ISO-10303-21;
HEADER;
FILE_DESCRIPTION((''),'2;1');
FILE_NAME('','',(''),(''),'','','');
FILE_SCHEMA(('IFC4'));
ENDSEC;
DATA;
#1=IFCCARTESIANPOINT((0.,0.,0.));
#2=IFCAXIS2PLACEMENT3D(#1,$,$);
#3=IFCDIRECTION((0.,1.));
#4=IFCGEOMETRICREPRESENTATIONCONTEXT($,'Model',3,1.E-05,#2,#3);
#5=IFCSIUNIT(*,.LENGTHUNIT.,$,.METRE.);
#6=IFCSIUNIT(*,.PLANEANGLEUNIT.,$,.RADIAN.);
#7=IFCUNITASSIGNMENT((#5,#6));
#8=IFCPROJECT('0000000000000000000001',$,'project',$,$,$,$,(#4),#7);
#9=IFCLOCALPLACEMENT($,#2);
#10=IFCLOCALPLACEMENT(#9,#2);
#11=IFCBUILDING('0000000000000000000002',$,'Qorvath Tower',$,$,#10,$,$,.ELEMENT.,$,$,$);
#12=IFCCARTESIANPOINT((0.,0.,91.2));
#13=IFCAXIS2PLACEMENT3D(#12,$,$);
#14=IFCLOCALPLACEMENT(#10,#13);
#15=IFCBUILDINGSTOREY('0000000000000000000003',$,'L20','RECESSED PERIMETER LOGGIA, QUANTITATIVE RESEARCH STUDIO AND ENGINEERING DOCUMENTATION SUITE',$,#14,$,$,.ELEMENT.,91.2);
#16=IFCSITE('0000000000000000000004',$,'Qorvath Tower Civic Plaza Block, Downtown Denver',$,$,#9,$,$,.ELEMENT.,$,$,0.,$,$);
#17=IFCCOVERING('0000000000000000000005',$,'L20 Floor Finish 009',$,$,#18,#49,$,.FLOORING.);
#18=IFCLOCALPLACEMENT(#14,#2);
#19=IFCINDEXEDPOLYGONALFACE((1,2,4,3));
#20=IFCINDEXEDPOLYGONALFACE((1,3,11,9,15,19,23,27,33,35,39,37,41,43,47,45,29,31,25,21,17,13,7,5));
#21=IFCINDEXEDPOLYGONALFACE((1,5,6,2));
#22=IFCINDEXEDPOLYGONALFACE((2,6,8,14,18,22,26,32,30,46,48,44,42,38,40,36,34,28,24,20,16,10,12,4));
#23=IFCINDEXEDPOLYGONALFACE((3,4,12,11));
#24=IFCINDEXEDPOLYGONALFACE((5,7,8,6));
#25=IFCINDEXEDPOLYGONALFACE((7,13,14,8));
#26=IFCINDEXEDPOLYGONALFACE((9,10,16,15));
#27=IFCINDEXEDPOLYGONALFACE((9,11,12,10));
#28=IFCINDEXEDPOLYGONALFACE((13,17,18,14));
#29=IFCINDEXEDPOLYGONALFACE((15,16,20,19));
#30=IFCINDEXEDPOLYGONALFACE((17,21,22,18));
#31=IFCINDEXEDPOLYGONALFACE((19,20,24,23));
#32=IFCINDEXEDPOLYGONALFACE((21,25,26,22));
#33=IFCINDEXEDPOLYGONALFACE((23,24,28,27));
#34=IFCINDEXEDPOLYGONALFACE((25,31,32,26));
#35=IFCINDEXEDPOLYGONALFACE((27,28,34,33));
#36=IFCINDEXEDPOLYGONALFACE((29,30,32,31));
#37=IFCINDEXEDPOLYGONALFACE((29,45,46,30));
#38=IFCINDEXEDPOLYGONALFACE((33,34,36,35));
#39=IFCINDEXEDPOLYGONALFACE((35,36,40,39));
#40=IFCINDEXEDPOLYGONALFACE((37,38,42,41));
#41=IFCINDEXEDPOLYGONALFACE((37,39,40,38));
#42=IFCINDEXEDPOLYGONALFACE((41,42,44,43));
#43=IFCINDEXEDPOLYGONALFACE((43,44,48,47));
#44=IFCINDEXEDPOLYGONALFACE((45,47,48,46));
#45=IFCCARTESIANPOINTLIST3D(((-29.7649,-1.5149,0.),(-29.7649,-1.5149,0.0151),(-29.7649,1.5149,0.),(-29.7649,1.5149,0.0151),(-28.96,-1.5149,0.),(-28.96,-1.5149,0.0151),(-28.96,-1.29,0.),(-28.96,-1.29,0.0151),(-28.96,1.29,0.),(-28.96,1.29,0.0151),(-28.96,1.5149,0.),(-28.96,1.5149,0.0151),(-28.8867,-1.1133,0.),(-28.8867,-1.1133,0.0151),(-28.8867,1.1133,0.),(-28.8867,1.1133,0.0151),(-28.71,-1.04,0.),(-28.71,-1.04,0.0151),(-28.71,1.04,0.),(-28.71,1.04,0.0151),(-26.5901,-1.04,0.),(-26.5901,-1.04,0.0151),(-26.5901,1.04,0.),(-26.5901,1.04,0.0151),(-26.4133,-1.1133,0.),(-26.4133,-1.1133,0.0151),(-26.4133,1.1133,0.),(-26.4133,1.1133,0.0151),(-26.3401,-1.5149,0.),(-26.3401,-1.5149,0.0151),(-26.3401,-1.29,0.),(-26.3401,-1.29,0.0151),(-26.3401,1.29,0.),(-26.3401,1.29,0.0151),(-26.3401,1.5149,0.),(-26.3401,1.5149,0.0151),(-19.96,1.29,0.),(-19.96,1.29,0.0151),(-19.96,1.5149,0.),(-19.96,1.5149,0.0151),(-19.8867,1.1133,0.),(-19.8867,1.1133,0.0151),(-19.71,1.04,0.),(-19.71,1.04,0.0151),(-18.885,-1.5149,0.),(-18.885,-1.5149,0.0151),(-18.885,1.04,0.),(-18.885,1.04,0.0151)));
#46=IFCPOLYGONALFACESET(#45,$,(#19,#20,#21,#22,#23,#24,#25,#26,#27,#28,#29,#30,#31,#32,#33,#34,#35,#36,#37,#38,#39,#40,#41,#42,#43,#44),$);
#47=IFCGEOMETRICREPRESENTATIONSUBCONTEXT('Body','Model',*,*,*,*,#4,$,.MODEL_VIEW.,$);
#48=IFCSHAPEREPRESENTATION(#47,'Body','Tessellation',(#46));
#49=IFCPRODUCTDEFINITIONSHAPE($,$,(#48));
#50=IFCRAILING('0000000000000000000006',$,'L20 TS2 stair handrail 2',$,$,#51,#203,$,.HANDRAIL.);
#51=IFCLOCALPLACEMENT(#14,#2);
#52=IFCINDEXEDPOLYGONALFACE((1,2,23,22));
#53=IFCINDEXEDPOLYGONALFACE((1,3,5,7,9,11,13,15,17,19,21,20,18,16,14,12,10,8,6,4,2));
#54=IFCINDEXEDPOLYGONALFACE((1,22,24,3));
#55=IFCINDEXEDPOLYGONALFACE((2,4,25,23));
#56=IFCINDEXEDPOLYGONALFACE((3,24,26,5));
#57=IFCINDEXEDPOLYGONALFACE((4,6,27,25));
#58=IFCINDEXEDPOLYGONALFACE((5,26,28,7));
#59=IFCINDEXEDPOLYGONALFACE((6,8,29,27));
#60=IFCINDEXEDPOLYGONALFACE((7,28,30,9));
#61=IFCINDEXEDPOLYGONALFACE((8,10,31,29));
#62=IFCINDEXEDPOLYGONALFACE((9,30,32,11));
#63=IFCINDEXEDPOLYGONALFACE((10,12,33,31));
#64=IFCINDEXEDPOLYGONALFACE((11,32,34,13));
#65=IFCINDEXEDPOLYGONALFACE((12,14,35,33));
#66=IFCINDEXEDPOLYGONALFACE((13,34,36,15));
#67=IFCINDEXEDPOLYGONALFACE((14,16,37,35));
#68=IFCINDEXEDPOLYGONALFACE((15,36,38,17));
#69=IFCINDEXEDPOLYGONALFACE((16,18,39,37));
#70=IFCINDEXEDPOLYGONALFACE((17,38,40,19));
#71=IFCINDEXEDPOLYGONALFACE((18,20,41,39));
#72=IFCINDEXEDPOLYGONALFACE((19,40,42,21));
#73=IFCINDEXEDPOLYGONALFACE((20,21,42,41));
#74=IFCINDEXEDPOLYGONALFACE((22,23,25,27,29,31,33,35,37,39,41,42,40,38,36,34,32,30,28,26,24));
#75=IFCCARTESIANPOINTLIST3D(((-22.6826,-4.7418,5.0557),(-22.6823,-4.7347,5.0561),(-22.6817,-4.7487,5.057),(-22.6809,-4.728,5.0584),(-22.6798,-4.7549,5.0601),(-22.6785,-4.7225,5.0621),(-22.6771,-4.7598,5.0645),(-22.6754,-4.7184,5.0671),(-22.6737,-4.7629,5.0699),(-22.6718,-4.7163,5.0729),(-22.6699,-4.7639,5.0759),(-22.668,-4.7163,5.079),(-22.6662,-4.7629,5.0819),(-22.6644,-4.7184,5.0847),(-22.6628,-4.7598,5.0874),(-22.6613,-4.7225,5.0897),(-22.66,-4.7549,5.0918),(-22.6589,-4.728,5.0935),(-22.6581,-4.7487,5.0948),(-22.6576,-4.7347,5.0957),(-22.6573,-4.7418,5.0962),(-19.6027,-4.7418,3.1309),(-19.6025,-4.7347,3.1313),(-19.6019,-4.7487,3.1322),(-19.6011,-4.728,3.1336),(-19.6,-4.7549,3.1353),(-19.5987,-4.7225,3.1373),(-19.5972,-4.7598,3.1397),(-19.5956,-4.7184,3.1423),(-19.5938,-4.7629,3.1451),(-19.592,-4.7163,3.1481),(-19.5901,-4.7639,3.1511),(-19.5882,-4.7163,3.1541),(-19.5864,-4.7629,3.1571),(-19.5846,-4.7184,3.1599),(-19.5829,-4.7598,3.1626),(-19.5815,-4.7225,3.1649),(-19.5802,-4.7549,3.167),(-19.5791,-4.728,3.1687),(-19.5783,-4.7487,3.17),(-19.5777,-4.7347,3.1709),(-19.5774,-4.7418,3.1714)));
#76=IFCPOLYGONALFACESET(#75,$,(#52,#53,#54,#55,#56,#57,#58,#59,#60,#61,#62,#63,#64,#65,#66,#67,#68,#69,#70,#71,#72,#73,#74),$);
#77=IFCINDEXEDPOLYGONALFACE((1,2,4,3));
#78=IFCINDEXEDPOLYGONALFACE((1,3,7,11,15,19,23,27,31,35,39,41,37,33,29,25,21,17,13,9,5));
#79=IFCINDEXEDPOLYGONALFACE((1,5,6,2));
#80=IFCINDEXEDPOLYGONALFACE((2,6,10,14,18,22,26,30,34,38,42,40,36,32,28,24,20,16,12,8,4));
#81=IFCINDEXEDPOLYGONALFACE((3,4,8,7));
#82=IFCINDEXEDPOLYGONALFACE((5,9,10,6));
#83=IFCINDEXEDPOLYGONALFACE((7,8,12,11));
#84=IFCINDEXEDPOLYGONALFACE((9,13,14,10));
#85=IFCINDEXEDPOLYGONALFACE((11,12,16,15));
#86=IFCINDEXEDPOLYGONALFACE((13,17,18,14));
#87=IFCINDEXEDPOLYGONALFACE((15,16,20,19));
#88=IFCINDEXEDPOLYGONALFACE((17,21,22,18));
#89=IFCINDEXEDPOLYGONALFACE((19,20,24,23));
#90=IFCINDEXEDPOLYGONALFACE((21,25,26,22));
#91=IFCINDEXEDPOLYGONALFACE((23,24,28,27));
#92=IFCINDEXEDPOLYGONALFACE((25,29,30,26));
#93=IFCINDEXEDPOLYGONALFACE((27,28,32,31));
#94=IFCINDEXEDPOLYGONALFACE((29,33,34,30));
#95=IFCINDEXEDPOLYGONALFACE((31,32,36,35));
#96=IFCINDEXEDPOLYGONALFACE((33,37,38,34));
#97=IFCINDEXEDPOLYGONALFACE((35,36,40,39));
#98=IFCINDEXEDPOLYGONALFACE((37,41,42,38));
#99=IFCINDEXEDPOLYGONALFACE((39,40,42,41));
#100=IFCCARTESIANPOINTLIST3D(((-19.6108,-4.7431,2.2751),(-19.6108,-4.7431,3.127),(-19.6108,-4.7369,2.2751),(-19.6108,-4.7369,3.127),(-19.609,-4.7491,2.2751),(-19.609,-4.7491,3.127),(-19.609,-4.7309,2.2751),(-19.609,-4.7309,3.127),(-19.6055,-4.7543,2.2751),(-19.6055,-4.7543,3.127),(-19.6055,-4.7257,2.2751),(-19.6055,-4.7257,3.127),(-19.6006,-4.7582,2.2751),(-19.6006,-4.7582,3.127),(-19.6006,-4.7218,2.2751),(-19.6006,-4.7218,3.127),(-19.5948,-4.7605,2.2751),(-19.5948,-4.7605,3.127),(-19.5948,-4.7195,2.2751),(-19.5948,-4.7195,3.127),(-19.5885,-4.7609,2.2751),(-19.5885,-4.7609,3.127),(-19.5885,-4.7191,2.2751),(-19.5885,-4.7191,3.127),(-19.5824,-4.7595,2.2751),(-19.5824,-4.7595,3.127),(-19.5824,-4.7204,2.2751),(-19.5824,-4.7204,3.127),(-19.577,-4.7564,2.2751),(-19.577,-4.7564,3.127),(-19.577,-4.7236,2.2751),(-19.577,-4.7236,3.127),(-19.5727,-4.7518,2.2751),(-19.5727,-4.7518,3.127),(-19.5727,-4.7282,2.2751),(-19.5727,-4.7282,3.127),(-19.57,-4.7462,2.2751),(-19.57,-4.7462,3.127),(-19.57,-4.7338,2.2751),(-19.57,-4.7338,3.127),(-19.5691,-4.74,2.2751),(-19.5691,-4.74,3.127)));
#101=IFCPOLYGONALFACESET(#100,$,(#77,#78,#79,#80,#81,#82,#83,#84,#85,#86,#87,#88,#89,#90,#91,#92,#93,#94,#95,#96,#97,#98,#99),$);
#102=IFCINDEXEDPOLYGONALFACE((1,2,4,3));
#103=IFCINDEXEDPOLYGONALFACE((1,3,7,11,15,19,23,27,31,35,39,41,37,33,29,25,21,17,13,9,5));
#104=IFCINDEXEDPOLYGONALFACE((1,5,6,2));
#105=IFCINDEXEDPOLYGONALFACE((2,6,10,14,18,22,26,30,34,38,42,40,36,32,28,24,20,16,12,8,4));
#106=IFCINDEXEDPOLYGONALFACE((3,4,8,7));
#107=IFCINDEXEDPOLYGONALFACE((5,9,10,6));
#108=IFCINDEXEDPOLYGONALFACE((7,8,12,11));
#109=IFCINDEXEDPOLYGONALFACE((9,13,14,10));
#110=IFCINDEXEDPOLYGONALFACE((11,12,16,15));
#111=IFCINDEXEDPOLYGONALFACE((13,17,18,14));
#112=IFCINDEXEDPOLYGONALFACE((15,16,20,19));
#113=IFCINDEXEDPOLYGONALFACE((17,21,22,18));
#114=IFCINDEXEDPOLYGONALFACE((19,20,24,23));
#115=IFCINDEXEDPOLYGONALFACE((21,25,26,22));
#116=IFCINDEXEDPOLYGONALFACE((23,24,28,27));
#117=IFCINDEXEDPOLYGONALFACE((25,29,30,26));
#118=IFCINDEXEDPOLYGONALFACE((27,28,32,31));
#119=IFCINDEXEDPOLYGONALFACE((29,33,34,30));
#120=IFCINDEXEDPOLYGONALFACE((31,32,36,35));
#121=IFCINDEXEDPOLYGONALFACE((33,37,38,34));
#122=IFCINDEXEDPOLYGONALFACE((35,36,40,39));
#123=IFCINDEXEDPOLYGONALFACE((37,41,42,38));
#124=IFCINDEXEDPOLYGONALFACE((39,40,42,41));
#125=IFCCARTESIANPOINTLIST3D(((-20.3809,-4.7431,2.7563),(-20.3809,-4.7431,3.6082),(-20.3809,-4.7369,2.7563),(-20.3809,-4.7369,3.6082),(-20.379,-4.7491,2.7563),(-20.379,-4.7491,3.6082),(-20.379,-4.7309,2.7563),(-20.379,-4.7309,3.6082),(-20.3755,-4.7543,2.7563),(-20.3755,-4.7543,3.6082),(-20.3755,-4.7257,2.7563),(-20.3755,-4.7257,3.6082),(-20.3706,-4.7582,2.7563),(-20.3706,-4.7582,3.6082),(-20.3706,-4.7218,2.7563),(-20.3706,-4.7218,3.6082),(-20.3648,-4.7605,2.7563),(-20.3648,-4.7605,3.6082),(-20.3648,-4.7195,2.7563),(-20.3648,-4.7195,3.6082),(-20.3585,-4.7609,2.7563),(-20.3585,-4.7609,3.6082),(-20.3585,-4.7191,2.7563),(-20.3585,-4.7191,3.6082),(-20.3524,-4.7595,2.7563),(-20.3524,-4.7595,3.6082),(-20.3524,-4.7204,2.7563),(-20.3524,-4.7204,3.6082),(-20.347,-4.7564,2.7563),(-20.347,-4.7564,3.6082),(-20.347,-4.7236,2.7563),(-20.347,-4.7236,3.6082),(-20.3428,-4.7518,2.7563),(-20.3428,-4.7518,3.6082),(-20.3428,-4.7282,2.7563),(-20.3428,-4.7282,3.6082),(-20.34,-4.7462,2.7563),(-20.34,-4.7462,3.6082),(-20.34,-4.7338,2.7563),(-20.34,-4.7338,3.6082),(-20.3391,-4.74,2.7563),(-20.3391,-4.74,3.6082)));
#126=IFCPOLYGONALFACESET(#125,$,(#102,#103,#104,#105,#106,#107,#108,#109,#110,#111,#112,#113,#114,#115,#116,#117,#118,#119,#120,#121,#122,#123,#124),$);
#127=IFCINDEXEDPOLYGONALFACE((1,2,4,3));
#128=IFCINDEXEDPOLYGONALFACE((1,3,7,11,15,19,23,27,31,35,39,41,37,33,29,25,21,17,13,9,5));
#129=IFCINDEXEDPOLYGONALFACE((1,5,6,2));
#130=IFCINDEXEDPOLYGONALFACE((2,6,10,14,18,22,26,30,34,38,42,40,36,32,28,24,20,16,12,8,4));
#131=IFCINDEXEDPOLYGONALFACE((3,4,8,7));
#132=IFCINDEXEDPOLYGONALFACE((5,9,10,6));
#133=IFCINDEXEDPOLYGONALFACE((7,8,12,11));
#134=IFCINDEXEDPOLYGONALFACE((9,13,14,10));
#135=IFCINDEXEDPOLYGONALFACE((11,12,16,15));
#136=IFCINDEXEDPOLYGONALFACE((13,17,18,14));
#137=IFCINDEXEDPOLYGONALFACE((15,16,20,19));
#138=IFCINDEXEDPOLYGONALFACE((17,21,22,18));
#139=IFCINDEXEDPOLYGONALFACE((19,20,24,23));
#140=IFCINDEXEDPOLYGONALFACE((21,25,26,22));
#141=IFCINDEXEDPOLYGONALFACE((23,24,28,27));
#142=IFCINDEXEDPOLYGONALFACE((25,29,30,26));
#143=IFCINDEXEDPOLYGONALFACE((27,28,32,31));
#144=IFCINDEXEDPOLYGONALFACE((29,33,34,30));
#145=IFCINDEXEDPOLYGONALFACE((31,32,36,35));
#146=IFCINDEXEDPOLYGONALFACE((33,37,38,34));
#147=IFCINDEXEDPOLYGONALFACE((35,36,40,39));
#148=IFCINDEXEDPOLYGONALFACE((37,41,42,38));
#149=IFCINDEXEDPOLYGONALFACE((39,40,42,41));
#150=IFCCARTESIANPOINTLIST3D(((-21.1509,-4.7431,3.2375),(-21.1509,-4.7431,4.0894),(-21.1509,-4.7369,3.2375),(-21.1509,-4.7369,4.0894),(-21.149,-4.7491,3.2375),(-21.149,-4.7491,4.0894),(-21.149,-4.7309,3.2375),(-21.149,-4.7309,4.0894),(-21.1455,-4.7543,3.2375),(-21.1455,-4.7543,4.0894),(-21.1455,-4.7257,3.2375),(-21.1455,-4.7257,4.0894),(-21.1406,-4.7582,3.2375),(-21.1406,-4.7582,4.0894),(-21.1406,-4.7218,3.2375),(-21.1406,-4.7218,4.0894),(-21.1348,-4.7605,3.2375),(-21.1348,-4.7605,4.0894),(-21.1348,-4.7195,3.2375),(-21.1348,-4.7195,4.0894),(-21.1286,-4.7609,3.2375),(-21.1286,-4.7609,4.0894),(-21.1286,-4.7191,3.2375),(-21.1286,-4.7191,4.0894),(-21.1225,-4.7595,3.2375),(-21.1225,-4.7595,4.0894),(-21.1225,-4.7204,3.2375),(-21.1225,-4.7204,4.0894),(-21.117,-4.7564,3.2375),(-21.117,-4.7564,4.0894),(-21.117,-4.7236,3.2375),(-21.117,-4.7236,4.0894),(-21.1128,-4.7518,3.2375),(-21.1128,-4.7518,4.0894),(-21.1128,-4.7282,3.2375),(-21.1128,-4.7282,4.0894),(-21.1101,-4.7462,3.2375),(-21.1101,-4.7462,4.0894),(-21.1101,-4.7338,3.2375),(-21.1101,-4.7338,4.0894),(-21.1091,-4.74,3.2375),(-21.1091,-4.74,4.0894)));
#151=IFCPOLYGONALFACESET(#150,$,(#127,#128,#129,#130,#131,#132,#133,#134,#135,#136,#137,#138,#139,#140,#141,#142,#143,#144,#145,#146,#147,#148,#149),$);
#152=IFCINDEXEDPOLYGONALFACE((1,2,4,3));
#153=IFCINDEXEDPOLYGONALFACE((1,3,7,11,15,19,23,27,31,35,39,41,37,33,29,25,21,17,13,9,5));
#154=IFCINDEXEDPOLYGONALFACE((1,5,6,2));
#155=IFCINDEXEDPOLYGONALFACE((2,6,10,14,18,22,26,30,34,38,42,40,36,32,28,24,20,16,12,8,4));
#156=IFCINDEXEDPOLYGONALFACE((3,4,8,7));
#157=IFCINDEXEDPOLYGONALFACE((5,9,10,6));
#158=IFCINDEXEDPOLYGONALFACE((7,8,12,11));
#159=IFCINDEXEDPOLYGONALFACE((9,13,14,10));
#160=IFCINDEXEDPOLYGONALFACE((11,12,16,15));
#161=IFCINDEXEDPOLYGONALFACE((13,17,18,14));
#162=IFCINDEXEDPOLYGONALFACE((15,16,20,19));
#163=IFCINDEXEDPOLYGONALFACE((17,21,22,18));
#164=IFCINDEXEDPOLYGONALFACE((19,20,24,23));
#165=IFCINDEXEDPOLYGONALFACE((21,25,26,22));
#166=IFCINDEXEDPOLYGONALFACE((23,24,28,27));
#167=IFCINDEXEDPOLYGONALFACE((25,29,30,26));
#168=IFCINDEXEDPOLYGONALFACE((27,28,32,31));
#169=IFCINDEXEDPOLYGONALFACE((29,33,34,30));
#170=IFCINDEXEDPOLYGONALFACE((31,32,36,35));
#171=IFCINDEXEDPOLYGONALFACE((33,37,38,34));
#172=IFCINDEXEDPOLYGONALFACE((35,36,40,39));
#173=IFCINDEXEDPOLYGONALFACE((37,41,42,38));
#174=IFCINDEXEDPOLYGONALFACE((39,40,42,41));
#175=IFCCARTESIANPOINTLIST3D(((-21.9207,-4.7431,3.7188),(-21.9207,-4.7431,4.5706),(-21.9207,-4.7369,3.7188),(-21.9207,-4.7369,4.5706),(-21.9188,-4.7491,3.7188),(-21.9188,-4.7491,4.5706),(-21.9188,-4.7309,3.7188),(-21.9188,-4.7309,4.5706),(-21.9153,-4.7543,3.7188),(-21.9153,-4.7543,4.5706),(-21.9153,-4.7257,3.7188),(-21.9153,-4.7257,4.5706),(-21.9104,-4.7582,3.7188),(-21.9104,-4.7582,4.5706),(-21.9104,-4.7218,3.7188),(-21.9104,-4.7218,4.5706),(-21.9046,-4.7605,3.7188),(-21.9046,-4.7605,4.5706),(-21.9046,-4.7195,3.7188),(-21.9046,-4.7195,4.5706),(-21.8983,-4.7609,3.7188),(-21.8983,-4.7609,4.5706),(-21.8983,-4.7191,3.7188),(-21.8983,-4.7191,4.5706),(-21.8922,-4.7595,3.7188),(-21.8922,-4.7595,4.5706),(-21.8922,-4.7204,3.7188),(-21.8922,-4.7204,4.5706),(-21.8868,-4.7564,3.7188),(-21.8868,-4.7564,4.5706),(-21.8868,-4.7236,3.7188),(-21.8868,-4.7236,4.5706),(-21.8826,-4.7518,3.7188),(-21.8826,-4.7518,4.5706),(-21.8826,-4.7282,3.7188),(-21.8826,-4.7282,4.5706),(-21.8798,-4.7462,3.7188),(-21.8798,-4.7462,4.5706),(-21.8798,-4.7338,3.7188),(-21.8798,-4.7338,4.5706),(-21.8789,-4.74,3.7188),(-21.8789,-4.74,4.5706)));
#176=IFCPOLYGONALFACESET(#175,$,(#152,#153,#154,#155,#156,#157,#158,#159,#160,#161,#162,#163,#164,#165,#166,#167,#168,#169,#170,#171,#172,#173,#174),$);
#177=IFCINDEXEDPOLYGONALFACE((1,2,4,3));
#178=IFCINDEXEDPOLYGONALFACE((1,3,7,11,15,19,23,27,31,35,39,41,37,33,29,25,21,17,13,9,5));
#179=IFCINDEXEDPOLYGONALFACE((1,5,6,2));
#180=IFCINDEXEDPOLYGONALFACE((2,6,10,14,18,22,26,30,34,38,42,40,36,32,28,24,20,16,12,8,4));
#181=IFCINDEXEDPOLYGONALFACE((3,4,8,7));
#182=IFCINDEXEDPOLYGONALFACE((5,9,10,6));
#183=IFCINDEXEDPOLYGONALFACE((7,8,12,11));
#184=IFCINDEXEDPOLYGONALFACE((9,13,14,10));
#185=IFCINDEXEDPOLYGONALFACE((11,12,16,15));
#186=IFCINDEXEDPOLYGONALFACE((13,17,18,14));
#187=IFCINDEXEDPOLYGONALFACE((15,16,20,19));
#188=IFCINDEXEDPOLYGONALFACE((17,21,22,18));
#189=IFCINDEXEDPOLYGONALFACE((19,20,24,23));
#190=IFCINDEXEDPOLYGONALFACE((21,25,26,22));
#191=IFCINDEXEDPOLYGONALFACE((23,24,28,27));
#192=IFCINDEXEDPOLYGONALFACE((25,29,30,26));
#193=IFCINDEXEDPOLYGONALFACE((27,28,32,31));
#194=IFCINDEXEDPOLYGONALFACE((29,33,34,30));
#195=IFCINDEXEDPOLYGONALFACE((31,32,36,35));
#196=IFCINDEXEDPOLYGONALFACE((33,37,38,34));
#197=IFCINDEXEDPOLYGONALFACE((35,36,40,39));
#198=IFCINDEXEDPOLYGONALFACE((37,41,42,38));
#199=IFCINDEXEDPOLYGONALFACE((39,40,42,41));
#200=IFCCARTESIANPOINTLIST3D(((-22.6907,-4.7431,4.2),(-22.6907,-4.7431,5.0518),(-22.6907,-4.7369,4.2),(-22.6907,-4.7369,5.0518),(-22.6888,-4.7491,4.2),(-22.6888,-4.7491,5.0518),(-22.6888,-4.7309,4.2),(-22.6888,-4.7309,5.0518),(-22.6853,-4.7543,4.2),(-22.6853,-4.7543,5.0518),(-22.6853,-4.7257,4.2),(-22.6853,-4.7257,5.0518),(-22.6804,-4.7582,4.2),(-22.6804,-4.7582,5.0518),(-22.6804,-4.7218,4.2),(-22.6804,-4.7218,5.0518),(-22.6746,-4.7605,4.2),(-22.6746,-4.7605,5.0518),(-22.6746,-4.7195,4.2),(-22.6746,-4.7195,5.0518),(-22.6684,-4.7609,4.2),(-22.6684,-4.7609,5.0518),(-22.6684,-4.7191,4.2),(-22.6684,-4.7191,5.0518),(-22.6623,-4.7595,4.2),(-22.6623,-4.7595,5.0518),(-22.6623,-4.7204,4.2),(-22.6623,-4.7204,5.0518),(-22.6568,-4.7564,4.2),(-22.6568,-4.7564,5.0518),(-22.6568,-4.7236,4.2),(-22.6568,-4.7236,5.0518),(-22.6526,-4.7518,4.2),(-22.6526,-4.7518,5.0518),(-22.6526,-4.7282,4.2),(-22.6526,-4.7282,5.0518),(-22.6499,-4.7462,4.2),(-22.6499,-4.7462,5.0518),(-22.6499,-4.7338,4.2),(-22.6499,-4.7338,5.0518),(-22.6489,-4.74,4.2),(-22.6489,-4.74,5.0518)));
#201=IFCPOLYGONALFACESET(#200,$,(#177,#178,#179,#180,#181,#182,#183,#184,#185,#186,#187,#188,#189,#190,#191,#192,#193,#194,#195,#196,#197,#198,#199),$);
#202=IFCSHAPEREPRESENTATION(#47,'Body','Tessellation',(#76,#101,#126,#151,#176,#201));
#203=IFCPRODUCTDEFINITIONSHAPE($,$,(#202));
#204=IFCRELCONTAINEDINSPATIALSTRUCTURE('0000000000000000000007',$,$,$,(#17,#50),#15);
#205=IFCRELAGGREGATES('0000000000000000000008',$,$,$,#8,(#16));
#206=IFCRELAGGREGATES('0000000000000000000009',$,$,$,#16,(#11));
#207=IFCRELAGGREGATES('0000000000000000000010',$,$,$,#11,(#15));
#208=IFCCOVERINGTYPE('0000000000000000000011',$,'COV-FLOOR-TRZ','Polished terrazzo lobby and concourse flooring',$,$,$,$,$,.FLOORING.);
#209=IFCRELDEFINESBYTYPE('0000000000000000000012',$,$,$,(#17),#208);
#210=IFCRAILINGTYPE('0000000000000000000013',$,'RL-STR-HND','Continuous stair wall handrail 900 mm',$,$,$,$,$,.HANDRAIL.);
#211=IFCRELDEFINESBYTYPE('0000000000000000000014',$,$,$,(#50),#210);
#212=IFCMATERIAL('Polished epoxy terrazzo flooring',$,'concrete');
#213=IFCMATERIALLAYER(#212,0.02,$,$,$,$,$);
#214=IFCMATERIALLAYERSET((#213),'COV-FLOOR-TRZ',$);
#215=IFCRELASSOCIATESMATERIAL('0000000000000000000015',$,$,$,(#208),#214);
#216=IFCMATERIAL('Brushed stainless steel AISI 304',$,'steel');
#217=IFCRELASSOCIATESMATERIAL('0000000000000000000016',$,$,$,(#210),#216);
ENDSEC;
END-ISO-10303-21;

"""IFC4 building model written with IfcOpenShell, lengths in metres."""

from ifc_helpers import new_model, si_unit, direction, frame, origin, origin_2d, place, context, subcontext, project, spatial, polyline, circle, outline, extrude, material, layer, layer_set, type_object, element, save


model = new_model("IFC4")

# Units and contexts
model_context = context("Model", 3, precision=1e-05, world=origin(), true_north=direction((0.0, 1.0)))
body_context = subcontext(model_context, "Body", "Model", "MODEL_VIEW")
ifc_project = project(units=[si_unit("LENGTHUNIT", "METRE"), si_unit("PLANEANGLEUNIT", "RADIAN")], contexts=[model_context])

# Site, building, storey
site_placement = place(None, origin())
site = spatial("IfcSite", under=ifc_project, at=site_placement, Name="Qorvath Tower Civic Plaza Block, Downtown Denver", CompositionType="ELEMENT", RefElevation=0.0)
building_placement = place(site_placement, origin())
building = spatial("IfcBuilding", under=site, at=building_placement, Name="Qorvath Tower", CompositionType="ELEMENT")
storey_placement = place(building_placement, frame((0.0, 0.0, 91.2)))
storey = spatial("IfcBuildingStorey", under=building, at=storey_placement, Name="L20", Description="RECESSED PERIMETER LOGGIA, QUANTITATIVE RESEARCH STUDIO AND ENGINEERING DOCUMENTATION SUITE", CompositionType="ELEMENT", Elevation=91.2)

# Covering
ifc_material_1 = material(Name="Polished epoxy terrazzo flooring", Category="concrete")
ifc_layer_1 = layer(ifc_material_1, 0.02)
ifc_layer_set_1 = layer_set([ifc_layer_1], Name="COV-FLOOR-TRZ")
covering_type_1 = type_object("IfcCoveringType", Name="COV-FLOOR-TRZ", Description="Polished terrazzo lobby and concourse flooring", PredefinedType="FLOORING", material=ifc_layer_set_1)
covering_1_placement = place(storey_placement, origin())
element("IfcCovering", 1, at=covering_1_placement, inside=storey, type_object=covering_type_1, Name="L20 Floor Finish 009", PredefinedType="FLOORING", context=body_context, shape_type="SweptSolid", body=[
    extrude(outline(polyline([(-18.885, -1.5149), (-18.885, 1.04), (-19.71, 1.04), (-19.8867, 1.1133), (-19.96, 1.29), (-19.96, 1.5149), (-26.3401, 1.5149), (-26.3401, 1.29), (-26.4133, 1.1133), (-26.5901, 1.04), (-28.71, 1.04), (-28.8867, 1.1133), (-28.96, 1.29), (-28.96, 1.5149), (-29.7649, 1.5149), (-29.7649, -1.5149), (-28.96, -1.5149), (-28.96, -1.29), (-28.8867, -1.1133), (-28.71, -1.04), (-26.5901, -1.04), (-26.4133, -1.1133), (-26.3401, -1.29), (-26.3401, -1.5149), (-18.885, -1.5149)])), origin(), (0.0, 0.0, 1.0), 0.0151),
])

# Railing
ifc_material_2 = material(Name="Brushed stainless steel AISI 304", Category="steel")
railing_type = type_object("IfcRailingType", Name="RL-STR-HND", Description="Continuous stair wall handrail 900 mm", PredefinedType="HANDRAIL", material=ifc_material_2)
railing_placement = place(storey_placement, frame((-19.5901, -4.74, 2.2751)))
element("IfcRailing", 2, at=railing_placement, inside=storey, type_object=railing_type, Name="L20 TS2 stair handrail 2", PredefinedType="HANDRAIL", context=body_context, shape_type="SweptSolid", body=[
    extrude(circle(Radius=0.0239, at=origin_2d()), frame((0.0, 0.0, 0.876), z_axis=(-0.84801, 0.0, 0.529981), x_axis=(0.0, -1.0, 0.0)), (0.0, 0.0, 1.0), 3.6318),
    extrude(circle(Radius=0.021, at=origin_2d()), origin(), (0.0, 0.0, 1.0), 0.8518),
    extrude(circle(Radius=0.021, at=origin_2d()), frame((-0.77, 0.0, 0.4812)), (0.0, 0.0, 1.0), 0.8518),
    extrude(circle(Radius=0.021, at=origin_2d()), frame((-1.54, 0.0, 0.9624)), (0.0, 0.0, 1.0), 0.8518),
    extrude(circle(Radius=0.021, at=origin_2d()), frame((-2.3098, 0.0, 1.4436)), (0.0, 0.0, 1.0), 0.8518),
    extrude(circle(Radius=0.021, at=origin_2d()), frame((-3.0798, 0.0, 1.9248)), (0.0, 0.0, 1.0), 0.8518),
])

save(model, "model.ifc")
